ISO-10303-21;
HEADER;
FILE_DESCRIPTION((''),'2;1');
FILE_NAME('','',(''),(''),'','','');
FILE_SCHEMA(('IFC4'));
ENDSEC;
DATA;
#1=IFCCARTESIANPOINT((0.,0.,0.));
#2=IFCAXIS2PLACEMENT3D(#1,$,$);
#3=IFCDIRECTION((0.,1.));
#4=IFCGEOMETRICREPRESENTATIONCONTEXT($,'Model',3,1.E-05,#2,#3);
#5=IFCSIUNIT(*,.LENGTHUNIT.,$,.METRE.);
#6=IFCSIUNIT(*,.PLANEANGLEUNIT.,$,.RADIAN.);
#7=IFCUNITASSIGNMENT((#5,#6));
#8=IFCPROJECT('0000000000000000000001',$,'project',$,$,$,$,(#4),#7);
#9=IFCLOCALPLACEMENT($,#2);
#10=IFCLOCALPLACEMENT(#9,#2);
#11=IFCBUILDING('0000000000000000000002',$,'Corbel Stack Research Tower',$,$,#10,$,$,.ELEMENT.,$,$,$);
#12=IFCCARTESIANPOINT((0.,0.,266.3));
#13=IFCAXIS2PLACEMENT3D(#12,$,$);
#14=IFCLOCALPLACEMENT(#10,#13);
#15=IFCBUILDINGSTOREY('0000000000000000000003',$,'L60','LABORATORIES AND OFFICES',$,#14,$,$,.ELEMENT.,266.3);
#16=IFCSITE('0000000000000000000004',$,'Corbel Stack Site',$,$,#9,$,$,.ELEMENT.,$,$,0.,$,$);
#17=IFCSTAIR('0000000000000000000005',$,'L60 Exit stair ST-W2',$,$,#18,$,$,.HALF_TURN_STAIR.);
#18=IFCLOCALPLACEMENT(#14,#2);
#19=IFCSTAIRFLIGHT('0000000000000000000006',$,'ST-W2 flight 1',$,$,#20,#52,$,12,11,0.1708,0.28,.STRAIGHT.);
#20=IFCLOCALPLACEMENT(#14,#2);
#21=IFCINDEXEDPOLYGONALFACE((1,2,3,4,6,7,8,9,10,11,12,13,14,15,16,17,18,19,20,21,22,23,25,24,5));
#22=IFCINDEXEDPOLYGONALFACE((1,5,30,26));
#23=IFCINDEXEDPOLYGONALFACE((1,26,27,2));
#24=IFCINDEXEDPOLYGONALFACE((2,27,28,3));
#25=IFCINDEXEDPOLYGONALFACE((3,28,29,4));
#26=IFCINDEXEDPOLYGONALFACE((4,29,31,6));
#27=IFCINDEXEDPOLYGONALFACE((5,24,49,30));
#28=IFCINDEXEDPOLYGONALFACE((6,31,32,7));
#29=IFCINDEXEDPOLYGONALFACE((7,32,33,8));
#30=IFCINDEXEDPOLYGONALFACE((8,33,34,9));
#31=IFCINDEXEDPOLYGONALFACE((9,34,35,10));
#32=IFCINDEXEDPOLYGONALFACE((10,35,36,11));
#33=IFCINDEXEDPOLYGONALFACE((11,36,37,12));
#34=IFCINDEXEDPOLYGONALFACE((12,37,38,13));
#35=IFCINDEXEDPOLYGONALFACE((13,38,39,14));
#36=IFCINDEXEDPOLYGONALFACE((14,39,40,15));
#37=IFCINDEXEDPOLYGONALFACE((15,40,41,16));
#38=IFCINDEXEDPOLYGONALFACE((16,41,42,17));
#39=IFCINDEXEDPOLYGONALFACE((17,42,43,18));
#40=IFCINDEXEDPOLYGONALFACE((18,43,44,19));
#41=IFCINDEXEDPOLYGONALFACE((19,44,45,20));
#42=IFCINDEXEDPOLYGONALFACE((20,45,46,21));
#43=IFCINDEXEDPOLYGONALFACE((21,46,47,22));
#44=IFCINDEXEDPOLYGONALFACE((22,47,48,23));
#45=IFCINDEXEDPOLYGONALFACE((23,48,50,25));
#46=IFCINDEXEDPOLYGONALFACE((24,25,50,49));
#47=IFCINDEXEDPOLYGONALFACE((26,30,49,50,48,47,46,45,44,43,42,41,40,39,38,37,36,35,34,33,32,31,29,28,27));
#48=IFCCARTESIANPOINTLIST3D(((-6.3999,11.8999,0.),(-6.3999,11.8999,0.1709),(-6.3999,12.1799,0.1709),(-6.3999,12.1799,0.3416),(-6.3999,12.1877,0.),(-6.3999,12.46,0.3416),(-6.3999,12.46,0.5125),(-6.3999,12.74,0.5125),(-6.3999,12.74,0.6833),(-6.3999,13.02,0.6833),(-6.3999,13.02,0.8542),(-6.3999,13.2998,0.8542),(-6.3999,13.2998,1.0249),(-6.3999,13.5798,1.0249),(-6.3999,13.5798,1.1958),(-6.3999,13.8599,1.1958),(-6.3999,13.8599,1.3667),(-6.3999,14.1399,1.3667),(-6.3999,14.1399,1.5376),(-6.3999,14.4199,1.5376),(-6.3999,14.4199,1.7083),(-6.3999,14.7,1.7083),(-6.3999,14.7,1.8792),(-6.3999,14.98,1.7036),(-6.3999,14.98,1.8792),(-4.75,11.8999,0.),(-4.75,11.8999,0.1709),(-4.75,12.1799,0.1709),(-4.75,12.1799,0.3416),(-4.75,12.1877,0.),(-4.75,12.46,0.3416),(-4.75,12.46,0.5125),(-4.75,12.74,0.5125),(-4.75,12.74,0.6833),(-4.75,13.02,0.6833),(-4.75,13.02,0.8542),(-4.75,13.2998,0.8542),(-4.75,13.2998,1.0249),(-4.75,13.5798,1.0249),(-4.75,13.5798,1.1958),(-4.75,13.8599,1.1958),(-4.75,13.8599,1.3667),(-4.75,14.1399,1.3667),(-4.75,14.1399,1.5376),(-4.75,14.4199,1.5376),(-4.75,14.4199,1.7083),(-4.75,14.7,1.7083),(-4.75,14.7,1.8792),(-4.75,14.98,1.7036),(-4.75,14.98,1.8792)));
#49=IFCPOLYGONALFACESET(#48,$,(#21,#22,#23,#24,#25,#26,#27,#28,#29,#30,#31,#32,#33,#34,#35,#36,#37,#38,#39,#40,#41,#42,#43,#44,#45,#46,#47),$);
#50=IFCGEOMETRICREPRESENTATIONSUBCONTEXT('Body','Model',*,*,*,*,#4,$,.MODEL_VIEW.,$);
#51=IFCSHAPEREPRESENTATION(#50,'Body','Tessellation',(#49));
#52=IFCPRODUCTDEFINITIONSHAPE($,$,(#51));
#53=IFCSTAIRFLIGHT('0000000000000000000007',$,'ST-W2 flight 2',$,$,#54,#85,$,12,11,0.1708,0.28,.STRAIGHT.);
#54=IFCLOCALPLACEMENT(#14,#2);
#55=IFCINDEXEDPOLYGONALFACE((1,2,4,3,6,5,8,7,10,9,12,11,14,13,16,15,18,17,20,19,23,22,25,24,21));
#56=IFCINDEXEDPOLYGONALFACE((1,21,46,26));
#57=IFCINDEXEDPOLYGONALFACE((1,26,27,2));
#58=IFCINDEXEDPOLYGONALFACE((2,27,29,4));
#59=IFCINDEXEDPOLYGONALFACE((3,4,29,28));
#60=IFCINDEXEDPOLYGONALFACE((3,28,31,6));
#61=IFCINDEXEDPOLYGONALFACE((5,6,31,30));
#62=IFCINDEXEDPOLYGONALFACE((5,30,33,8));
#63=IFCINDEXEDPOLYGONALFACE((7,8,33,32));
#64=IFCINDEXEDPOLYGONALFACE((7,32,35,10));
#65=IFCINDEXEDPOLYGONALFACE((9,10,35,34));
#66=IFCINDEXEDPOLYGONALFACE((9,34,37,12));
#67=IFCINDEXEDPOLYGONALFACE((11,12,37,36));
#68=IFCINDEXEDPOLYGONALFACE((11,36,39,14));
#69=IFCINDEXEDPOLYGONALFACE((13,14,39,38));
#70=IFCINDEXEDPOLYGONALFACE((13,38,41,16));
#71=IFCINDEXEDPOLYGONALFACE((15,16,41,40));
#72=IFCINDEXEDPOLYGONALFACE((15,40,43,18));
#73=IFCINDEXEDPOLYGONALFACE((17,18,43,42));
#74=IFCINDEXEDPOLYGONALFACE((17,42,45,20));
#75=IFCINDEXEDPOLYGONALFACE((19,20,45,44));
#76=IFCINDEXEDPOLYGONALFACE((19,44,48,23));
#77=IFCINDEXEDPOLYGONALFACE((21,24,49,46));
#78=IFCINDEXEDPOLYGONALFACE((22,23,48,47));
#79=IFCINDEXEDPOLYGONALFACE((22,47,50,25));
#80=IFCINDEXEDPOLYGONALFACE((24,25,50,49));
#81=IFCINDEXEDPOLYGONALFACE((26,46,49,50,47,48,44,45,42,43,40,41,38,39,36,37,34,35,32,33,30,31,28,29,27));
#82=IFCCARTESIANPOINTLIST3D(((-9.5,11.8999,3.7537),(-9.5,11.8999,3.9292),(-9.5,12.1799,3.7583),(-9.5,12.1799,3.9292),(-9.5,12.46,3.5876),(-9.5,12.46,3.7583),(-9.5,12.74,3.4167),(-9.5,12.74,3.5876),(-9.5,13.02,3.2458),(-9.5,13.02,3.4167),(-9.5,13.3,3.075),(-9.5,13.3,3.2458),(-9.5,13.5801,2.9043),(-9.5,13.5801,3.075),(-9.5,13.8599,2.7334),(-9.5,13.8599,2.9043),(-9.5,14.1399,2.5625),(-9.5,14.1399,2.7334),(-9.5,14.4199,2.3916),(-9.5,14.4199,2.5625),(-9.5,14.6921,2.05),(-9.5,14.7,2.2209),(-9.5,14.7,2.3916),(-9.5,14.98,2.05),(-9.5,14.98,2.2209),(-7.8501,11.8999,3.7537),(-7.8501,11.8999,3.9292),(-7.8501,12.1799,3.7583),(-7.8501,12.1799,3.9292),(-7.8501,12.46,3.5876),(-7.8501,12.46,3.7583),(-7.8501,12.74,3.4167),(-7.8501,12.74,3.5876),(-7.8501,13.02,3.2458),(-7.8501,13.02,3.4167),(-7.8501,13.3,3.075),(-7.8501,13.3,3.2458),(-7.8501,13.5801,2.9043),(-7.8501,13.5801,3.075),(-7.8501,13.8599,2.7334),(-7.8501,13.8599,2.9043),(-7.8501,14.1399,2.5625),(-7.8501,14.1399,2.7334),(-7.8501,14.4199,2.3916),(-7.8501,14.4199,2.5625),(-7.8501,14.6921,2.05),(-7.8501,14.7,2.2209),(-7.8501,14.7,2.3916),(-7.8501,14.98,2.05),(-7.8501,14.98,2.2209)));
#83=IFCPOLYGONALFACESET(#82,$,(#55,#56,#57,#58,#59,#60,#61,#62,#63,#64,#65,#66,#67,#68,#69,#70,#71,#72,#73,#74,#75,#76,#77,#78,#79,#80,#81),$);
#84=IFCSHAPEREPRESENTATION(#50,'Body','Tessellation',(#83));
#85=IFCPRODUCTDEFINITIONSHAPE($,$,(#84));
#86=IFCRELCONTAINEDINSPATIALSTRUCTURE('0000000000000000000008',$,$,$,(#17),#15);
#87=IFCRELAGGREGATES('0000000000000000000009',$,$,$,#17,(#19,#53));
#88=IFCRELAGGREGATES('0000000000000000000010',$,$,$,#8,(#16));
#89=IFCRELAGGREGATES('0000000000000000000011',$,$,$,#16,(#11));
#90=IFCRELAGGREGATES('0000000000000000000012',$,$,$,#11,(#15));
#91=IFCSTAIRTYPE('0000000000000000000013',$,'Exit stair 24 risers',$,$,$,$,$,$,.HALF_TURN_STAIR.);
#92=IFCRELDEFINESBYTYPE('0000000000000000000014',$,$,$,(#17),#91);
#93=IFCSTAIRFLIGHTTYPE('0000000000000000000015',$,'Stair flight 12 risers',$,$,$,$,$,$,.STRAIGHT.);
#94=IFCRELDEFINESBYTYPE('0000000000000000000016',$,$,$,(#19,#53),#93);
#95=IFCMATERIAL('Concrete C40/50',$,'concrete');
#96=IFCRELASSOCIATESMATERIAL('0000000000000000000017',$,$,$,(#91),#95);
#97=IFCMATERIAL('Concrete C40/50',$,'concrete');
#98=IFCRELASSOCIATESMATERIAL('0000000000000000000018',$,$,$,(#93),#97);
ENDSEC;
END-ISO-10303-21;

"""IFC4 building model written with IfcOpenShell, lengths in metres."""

from ifc_helpers import new_model, si_unit, direction, frame, origin, place, context, subcontext, project, spatial, polyline, outline, extrude, material, type_object, element, aggregate, save


model = new_model("IFC4")

# Units and contexts
model_context = context("Model", 3, precision=1e-05, world=origin(), true_north=direction((0.0, 1.0)))
body_context = subcontext(model_context, "Body", "Model", "MODEL_VIEW")
ifc_project = project(units=[si_unit("LENGTHUNIT", "METRE"), si_unit("PLANEANGLEUNIT", "RADIAN")], contexts=[model_context])

# Site, building, storey
site_placement = place(None, origin())
site = spatial("IfcSite", under=ifc_project, at=site_placement, Name="Corbel Stack Site", CompositionType="ELEMENT", RefElevation=0.0)
building_placement = place(site_placement, origin())
building = spatial("IfcBuilding", under=site, at=building_placement, Name="Corbel Stack Research Tower", CompositionType="ELEMENT")
storey_placement = place(building_placement, frame((0.0, 0.0, 266.3)))
storey = spatial("IfcBuildingStorey", under=building, at=storey_placement, Name="L60", Description="LABORATORIES AND OFFICES", CompositionType="ELEMENT", Elevation=266.3)

# Stair, stair flights
ifc_material_1 = material(Name="Concrete C40/50", Category="concrete")
stair_type = type_object("IfcStairType", Name="Exit stair 24 risers", PredefinedType="HALF_TURN_STAIR", material=ifc_material_1)
stair_placement = place(storey_placement, origin())
stair = element("IfcStair", 1, at=stair_placement, inside=storey, type_object=stair_type, Name="L60 Exit stair ST-W2", PredefinedType="HALF_TURN_STAIR")
ifc_material_2 = material(Name="Concrete C40/50", Category="concrete")
stair_flight_type = type_object("IfcStairFlightType", Name="Stair flight 12 risers", PredefinedType="STRAIGHT", material=ifc_material_2)
stair_flight_1_placement = place(storey_placement, frame((-5.575, 11.8999, 0.0), z_axis=(0.0, 0.0, 1.0), x_axis=(0.0, 1.0, 0.0)))
stair_flight_1 = element("IfcStairFlight", 2, at=stair_flight_1_placement, type_object=stair_flight_type, Name="ST-W2 flight 1", NumberOfRisers=12, NumberOfTreads=11, PredefinedType="STRAIGHT", RiserHeight=0.1708, TreadLength=0.28, context=body_context, shape_type="SweptSolid", body=[
    extrude(outline(polyline([(0.0, 0.0), (0.0, 0.1709), (0.28, 0.1709), (0.28, 0.3416), (0.5601, 0.3416), (0.5601, 0.5125), (0.8401, 0.5125), (0.8401, 0.6833), (1.1201, 0.6833), (1.1201, 0.8542), (1.3999, 0.8542), (1.3999, 1.0249), (1.6799, 1.0249), (1.6799, 1.1958), (1.96, 1.1958), (1.96, 1.3667), (2.24, 1.3667), (2.24, 1.5376), (2.52, 1.5376), (2.52, 1.7083), (2.8, 1.7083), (2.8, 1.8792), (3.0801, 1.8792), (3.0801, 2.05), (3.0801, 1.7036), (0.2878, 0.0), (0.0, 0.0)])), frame((0.0, 0.825, 0.0), z_axis=(0.0, -1.0, 0.0), x_axis=(1.0, 0.0, 0.0)), (0.0, 0.0, 1.0), 1.6499),
])
stair_flight_2_placement = place(storey_placement, frame((-8.675, 14.98, 2.05), z_axis=(0.0, 0.0, 1.0), x_axis=(0.0, -1.0, 0.0)))
stair_flight_2 = element("IfcStairFlight", 3, at=stair_flight_2_placement, type_object=stair_flight_type, Name="ST-W2 flight 2", NumberOfRisers=12, NumberOfTreads=11, PredefinedType="STRAIGHT", RiserHeight=0.1708, TreadLength=0.28, context=body_context, shape_type="SweptSolid", body=[
    extrude(outline(polyline([(0.0, 0.0), (0.0, 0.1709), (0.28, 0.1709), (0.28, 0.3416), (0.5601, 0.3416), (0.5601, 0.5125), (0.8401, 0.5125), (0.8401, 0.6833), (1.1201, 0.6833), (1.1201, 0.8542), (1.3999, 0.8542), (1.3999, 1.0249), (1.6799, 1.0249), (1.6799, 1.1958), (1.96, 1.1958), (1.96, 1.3667), (2.24, 1.3667), (2.24, 1.5376), (2.52, 1.5376), (2.52, 1.7083), (2.8, 1.7083), (2.8, 1.8792), (3.0801, 1.8792), (3.0801, 2.05), (3.0801, 1.7036), (0.2878, 0.0), (0.0, 0.0)])), frame((0.0, 0.825, 0.0), z_axis=(0.0, -1.0, 0.0), x_axis=(1.0, 0.0, 0.0)), (0.0, 0.0, 1.0), 1.6499),
])
aggregate(stair, [stair_flight_1, stair_flight_2])

save(model, "model.ifc")
